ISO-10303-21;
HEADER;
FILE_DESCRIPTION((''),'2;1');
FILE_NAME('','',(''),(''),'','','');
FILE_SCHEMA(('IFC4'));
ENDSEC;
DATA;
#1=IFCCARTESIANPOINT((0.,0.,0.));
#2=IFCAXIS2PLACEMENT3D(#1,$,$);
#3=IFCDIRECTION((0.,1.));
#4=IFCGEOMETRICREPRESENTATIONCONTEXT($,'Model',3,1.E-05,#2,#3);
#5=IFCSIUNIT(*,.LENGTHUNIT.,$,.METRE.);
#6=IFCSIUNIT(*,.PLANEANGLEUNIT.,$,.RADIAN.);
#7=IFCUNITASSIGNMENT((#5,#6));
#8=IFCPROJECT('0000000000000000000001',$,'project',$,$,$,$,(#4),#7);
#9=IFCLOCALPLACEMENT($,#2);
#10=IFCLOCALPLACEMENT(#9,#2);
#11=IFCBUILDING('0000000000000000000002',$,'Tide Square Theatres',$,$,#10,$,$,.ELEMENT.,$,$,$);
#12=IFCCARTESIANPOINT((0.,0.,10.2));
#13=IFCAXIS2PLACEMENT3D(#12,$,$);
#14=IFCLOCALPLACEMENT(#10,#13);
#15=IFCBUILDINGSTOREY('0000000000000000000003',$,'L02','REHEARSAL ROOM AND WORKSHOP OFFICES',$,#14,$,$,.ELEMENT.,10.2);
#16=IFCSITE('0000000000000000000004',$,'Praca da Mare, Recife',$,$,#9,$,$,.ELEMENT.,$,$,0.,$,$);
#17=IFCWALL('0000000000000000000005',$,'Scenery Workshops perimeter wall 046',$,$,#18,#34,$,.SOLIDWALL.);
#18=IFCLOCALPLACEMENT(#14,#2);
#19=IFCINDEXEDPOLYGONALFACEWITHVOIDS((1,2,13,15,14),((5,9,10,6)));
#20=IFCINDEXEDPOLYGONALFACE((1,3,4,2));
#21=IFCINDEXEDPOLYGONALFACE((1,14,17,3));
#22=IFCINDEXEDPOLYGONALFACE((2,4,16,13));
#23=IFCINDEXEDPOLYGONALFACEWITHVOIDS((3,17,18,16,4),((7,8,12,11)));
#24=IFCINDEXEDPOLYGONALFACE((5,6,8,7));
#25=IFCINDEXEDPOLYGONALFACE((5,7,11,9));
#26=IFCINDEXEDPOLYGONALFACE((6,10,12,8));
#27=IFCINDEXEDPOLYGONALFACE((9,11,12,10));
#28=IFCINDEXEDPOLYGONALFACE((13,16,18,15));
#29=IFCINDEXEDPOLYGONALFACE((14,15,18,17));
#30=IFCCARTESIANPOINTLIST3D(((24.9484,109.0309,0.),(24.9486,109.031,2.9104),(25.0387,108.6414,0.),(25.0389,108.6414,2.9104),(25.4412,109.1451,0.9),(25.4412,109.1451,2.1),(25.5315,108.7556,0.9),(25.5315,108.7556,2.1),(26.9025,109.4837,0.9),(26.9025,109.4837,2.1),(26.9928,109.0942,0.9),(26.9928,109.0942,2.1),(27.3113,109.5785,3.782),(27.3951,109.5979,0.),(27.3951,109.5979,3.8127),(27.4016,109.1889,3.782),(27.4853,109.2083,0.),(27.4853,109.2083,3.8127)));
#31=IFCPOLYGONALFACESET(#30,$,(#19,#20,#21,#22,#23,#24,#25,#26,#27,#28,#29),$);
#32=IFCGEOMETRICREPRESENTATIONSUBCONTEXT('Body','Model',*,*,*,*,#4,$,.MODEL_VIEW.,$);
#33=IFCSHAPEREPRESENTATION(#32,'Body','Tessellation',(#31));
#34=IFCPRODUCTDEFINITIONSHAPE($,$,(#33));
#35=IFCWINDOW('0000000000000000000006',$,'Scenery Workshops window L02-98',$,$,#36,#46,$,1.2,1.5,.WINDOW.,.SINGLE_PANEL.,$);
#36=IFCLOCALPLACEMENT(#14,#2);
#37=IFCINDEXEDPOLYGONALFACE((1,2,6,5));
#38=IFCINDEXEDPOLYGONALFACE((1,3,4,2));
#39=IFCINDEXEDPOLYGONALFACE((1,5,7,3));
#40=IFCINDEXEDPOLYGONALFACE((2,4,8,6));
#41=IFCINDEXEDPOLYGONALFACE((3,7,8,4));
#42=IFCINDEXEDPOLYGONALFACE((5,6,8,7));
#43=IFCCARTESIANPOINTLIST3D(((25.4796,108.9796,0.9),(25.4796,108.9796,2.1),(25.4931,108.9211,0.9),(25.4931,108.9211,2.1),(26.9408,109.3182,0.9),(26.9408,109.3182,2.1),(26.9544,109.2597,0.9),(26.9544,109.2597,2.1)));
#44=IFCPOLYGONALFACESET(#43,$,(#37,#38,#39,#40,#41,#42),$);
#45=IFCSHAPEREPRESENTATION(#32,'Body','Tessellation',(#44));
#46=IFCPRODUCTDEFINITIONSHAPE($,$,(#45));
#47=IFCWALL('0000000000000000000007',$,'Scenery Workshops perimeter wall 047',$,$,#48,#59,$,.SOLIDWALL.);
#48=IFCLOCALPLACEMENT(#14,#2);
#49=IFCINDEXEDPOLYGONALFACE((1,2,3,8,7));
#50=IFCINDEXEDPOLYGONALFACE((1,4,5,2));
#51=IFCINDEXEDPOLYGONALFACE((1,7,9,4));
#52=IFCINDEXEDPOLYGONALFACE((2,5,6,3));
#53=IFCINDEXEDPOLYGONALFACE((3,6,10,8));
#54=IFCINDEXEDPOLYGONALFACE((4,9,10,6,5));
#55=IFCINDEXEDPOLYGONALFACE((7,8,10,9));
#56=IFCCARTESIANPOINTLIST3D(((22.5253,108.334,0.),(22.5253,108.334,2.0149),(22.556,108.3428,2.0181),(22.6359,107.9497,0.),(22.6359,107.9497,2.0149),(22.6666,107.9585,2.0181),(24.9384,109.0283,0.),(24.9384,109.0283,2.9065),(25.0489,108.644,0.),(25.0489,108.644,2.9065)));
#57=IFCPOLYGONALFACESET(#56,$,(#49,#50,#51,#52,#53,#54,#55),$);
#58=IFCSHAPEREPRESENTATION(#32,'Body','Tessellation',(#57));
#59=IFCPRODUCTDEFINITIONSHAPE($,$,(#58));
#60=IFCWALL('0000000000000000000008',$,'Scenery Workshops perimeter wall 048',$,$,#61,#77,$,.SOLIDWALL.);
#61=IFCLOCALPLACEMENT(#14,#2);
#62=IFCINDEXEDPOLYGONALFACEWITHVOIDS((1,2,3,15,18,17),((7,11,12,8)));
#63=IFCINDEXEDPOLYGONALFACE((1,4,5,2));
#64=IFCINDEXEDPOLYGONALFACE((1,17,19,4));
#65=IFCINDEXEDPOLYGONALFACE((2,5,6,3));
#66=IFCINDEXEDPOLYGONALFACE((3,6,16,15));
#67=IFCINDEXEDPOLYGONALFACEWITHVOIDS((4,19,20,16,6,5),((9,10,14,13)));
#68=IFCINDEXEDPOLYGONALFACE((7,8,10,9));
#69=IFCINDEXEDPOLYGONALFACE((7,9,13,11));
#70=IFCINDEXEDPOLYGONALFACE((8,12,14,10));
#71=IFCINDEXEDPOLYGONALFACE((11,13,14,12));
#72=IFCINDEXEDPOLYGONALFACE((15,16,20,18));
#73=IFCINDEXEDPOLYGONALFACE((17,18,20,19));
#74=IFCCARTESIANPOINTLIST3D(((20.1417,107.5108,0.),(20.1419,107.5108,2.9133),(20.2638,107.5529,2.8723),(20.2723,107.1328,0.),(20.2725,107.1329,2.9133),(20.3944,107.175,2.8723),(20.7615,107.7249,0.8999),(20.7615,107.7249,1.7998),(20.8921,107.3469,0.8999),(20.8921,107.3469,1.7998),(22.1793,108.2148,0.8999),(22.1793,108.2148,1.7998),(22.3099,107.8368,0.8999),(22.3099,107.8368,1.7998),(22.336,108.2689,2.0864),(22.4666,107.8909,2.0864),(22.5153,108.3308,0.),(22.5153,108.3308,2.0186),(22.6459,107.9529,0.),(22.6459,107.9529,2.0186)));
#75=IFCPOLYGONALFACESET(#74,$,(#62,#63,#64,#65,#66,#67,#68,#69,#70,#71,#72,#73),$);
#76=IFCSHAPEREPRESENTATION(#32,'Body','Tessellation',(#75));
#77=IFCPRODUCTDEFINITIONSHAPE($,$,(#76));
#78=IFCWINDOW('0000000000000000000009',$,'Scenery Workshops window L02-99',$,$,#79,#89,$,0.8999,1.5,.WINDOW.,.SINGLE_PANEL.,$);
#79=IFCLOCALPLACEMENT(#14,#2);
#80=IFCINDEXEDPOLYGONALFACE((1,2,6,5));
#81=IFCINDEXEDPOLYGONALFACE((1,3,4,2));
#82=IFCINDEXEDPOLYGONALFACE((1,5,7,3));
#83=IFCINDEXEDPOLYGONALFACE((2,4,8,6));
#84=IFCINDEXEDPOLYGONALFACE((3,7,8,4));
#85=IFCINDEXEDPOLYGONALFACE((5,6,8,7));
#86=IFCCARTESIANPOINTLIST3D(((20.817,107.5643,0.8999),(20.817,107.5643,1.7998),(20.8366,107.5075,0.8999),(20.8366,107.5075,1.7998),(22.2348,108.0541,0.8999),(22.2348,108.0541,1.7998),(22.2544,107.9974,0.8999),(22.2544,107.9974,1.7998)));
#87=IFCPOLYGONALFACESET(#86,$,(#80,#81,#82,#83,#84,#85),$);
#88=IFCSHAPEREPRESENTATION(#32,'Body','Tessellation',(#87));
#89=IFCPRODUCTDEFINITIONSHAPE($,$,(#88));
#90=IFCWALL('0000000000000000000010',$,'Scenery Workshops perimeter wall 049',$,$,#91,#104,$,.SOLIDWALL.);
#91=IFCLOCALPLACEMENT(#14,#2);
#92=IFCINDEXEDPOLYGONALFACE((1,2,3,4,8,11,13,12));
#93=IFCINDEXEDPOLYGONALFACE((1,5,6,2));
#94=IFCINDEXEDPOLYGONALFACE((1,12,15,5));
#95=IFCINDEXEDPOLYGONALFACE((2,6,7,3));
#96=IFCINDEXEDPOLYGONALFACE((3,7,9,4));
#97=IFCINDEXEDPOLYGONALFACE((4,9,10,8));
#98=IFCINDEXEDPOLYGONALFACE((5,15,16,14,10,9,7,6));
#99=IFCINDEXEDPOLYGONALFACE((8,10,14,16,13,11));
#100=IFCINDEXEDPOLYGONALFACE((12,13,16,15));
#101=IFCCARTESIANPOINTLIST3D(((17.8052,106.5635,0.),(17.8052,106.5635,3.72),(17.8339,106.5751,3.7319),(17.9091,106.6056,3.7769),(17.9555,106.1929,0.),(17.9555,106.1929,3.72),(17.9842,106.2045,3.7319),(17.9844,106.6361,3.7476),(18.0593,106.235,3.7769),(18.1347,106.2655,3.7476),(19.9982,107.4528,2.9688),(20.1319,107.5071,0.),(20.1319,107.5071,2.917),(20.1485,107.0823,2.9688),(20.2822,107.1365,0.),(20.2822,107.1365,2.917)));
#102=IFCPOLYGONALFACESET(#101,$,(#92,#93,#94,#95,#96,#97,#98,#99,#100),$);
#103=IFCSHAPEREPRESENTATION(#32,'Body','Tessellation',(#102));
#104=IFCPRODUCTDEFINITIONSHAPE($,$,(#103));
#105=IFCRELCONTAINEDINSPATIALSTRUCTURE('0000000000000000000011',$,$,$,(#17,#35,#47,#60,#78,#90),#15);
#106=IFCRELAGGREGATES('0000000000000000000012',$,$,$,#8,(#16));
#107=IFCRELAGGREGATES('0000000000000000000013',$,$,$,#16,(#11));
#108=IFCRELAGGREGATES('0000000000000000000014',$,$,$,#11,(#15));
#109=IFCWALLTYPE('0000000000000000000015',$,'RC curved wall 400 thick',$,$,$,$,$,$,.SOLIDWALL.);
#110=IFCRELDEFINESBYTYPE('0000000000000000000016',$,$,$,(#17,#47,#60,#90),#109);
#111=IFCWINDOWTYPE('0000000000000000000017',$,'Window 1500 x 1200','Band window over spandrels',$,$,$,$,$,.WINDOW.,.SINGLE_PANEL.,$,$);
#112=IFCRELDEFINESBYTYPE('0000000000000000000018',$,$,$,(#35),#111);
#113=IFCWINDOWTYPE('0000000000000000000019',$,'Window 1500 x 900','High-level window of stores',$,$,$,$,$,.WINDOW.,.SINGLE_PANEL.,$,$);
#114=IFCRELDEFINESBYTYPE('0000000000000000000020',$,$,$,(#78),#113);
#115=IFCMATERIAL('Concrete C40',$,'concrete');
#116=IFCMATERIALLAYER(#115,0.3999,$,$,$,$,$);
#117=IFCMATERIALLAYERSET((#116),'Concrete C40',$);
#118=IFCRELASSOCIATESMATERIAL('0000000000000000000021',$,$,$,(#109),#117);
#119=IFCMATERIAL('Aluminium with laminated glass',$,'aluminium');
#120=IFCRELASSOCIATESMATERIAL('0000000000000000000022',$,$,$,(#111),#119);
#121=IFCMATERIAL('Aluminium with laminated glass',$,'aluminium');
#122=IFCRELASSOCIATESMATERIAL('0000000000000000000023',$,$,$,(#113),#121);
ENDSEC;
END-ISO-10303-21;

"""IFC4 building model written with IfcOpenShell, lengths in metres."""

from ifc_helpers import new_model, si_unit, direction, frame, frame_2d, origin, place, context, subcontext, project, spatial, polyline, rectangle, outline, extrude, material, layer, layer_set, type_object, element, fill, save


model = new_model("IFC4")

# Units and contexts
model_context = context("Model", 3, precision=1e-05, world=origin(), true_north=direction((0.0, 1.0)))
body_context = subcontext(model_context, "Body", "Model", "MODEL_VIEW")
ifc_project = project(units=[si_unit("LENGTHUNIT", "METRE"), si_unit("PLANEANGLEUNIT", "RADIAN")], contexts=[model_context])

# Site, building, storey
site_placement = place(None, origin())
site = spatial("IfcSite", under=ifc_project, at=site_placement, Name="Praca da Mare, Recife", CompositionType="ELEMENT", RefElevation=0.0)
building_placement = place(site_placement, origin())
building = spatial("IfcBuilding", under=site, at=building_placement, Name="Tide Square Theatres", CompositionType="ELEMENT")
storey_placement = place(building_placement, frame((0.0, 0.0, 10.2)))
storey = spatial("IfcBuildingStorey", under=building, at=storey_placement, Name="L02", Description="REHEARSAL ROOM AND WORKSHOP OFFICES", CompositionType="ELEMENT", Elevation=10.2)

# Shared definitions
ifc_material_1 = material(Name="Concrete C40", Category="concrete")
ifc_layer_1 = layer(ifc_material_1, 0.3999)
ifc_layer_set_1 = layer_set([ifc_layer_1], Name="Concrete C40")
wall_type_1 = type_object("IfcWallType", Name="RC curved wall 400 thick", PredefinedType="SOLIDWALL", material=ifc_layer_set_1)

# Wall, opening, window
ifc_material_2 = material(Name="Aluminium with laminated glass", Category="aluminium")
window_type_1 = type_object("IfcWindowType", Name="Window 1500 x 1200", Description="Band window over spandrels", PartitioningType="SINGLE_PANEL", PredefinedType="WINDOW", material=ifc_material_2)
wall_1_placement = place(storey_placement, frame((27.4402, 109.4031, 0.0), z_axis=(0.0, 0.0, 1.0), x_axis=(-0.974189, -0.225733, 0.0)))
wall_1 = element("IfcWall", 1, at=wall_1_placement, inside=storey, type_object=wall_type_1, Name="Scenery Workshops perimeter wall 046", PredefinedType="SOLIDWALL", context=body_context, shape_type="SweptSolid", body=[
    extrude(outline(polyline([(0.0, 0.0), (2.5115, 0.0), (2.5112, 2.9104), (0.0859, 3.782), (0.0, 3.8127), (0.0, 0.0)])), frame((0.0, 0.2, 0.0), z_axis=(0.0, -1.0, 0.0), x_axis=(1.0, 0.0, 0.0)), (0.0, 0.0, 1.0), 0.3999),
])
opening_1_placement = place(wall_1_placement, frame((0.5056, 0.0, 0.8999)))
opening_1 = element("IfcOpeningElement", 2, at=opening_1_placement, cuts=wall_1, PredefinedType="OPENING", context=body_context, shape_type="SweptSolid", body=[
    extrude(rectangle(XDim=1.5, YDim=1.2, at=frame_2d((0.75, 0.6001))), frame((0.0, 0.21, 0.0), z_axis=(0.0, -1.0, 0.0), x_axis=(1.0, 0.0, 0.0)), (0.0, 0.0, 1.0), 0.4199),
])
window_1_placement = place(opening_1_placement, origin())
window_1 = element("IfcWindow", 3, at=window_1_placement, inside=storey, type_object=window_type_1, Name="Scenery Workshops window L02-98", OverallHeight=1.2, OverallWidth=1.5, PartitioningType="SINGLE_PANEL", PredefinedType="WINDOW", context=body_context, shape_type="SweptSolid", body=[
    extrude(rectangle(XDim=1.5, YDim=1.2, at=frame_2d((0.75, 0.6001))), frame((0.0, 0.03, 0.0), z_axis=(0.0, -1.0, 0.0), x_axis=(1.0, 0.0, 0.0)), (0.0, 0.0, 1.0), 0.0601),
])
fill(opening_1, window_1)

# Wall
wall_2_placement = place(storey_placement, frame((24.9937, 108.8362, 0.0), z_axis=(0.0, 0.0, 1.0), x_axis=(-0.961009, -0.276518, 0.0)))
element("IfcWall", 4, at=wall_2_placement, inside=storey, type_object=wall_type_1, Name="Scenery Workshops perimeter wall 047", PredefinedType="SOLIDWALL", context=body_context, shape_type="SweptSolid", body=[
    extrude(outline(polyline([(0.0, 0.0), (2.511, 0.0), (2.511, 2.0149), (2.479, 2.0181), (0.0, 2.9065), (0.0, 0.0)])), frame((0.0, 0.2, 0.0), z_axis=(0.0, -1.0, 0.0), x_axis=(1.0, 0.0, 0.0)), (0.0, 0.0, 1.0), 0.3999),
])

# Wall, opening, window
wall_3_placement = place(storey_placement, frame((22.5806, 108.1418, 0.0), z_axis=(0.0, 0.0, 1.0), x_axis=(-0.945175, -0.326563, 0.0)))
wall_3 = element("IfcWall", 5, at=wall_3_placement, inside=storey, type_object=wall_type_1, Name="Scenery Workshops perimeter wall 048", PredefinedType="SOLIDWALL", context=body_context, shape_type="SweptSolid", body=[
    extrude(outline(polyline([(0.0, 0.0), (2.5112, 0.0), (2.511, 2.9133), (2.3821, 2.8723), (0.1897, 2.0864), (0.0, 2.0186), (0.0, 0.0)])), frame((0.0, 0.2, 0.0), z_axis=(0.0, -1.0, 0.0), x_axis=(1.0, 0.0, 0.0)), (0.0, 0.0, 1.0), 0.3999),
])
opening_2_placement = place(wall_3_placement, frame((0.3555, 0.0, 0.8999)))
opening_2 = element("IfcOpeningElement", 6, at=opening_2_placement, cuts=wall_3, PredefinedType="OPENING", context=body_context, shape_type="SweptSolid", body=[
    extrude(rectangle(XDim=1.5, YDim=0.8999, at=frame_2d((0.75, 0.45))), frame((0.0, 0.21, 0.0), z_axis=(0.0, -1.0, 0.0), x_axis=(1.0, 0.0, 0.0)), (0.0, 0.0, 1.0), 0.4199),
])
ifc_material_3 = material(Name="Aluminium with laminated glass", Category="aluminium")
window_type_2 = type_object("IfcWindowType", Name="Window 1500 x 900", Description="High-level window of stores", PartitioningType="SINGLE_PANEL", PredefinedType="WINDOW", material=ifc_material_3)
window_2_placement = place(opening_2_placement, origin())
window_2 = element("IfcWindow", 7, at=window_2_placement, inside=storey, type_object=window_type_2, Name="Scenery Workshops window L02-99", OverallHeight=0.8999, OverallWidth=1.5, PartitioningType="SINGLE_PANEL", PredefinedType="WINDOW", context=body_context, shape_type="SweptSolid", body=[
    extrude(rectangle(XDim=1.5, YDim=0.8999, at=frame_2d((0.75, 0.45))), frame((0.0, 0.03, 0.0), z_axis=(0.0, -1.0, 0.0), x_axis=(1.0, 0.0, 0.0)), (0.0, 0.0, 1.0), 0.0601),
])
fill(opening_2, window_2)

# Wall
wall_4_placement = place(storey_placement, frame((20.207, 107.3218, 0.0), z_axis=(0.0, 0.0, 1.0), x_axis=(-0.926689, -0.375829, 0.0)))
element("IfcWall", 8, at=wall_4_placement, inside=storey, type_object=wall_type_1, Name="Scenery Workshops perimeter wall 049", PredefinedType="SOLIDWALL", context=body_context, shape_type="SweptSolid", body=[
    extrude(outline(polyline([(0.0, 0.0), (2.5107, 0.0), (2.5107, 3.72), (2.4797, 3.7319), (2.3987, 3.7769), (2.3174, 3.7476), (0.1443, 2.9688), (0.0, 2.917), (0.0, 0.0)])), frame((0.0, 0.2, 0.0), z_axis=(0.0, -1.0, 0.0), x_axis=(1.0, 0.0, 0.0)), (0.0, 0.0, 1.0), 0.3999),
])

save(model, "model.ifc")
